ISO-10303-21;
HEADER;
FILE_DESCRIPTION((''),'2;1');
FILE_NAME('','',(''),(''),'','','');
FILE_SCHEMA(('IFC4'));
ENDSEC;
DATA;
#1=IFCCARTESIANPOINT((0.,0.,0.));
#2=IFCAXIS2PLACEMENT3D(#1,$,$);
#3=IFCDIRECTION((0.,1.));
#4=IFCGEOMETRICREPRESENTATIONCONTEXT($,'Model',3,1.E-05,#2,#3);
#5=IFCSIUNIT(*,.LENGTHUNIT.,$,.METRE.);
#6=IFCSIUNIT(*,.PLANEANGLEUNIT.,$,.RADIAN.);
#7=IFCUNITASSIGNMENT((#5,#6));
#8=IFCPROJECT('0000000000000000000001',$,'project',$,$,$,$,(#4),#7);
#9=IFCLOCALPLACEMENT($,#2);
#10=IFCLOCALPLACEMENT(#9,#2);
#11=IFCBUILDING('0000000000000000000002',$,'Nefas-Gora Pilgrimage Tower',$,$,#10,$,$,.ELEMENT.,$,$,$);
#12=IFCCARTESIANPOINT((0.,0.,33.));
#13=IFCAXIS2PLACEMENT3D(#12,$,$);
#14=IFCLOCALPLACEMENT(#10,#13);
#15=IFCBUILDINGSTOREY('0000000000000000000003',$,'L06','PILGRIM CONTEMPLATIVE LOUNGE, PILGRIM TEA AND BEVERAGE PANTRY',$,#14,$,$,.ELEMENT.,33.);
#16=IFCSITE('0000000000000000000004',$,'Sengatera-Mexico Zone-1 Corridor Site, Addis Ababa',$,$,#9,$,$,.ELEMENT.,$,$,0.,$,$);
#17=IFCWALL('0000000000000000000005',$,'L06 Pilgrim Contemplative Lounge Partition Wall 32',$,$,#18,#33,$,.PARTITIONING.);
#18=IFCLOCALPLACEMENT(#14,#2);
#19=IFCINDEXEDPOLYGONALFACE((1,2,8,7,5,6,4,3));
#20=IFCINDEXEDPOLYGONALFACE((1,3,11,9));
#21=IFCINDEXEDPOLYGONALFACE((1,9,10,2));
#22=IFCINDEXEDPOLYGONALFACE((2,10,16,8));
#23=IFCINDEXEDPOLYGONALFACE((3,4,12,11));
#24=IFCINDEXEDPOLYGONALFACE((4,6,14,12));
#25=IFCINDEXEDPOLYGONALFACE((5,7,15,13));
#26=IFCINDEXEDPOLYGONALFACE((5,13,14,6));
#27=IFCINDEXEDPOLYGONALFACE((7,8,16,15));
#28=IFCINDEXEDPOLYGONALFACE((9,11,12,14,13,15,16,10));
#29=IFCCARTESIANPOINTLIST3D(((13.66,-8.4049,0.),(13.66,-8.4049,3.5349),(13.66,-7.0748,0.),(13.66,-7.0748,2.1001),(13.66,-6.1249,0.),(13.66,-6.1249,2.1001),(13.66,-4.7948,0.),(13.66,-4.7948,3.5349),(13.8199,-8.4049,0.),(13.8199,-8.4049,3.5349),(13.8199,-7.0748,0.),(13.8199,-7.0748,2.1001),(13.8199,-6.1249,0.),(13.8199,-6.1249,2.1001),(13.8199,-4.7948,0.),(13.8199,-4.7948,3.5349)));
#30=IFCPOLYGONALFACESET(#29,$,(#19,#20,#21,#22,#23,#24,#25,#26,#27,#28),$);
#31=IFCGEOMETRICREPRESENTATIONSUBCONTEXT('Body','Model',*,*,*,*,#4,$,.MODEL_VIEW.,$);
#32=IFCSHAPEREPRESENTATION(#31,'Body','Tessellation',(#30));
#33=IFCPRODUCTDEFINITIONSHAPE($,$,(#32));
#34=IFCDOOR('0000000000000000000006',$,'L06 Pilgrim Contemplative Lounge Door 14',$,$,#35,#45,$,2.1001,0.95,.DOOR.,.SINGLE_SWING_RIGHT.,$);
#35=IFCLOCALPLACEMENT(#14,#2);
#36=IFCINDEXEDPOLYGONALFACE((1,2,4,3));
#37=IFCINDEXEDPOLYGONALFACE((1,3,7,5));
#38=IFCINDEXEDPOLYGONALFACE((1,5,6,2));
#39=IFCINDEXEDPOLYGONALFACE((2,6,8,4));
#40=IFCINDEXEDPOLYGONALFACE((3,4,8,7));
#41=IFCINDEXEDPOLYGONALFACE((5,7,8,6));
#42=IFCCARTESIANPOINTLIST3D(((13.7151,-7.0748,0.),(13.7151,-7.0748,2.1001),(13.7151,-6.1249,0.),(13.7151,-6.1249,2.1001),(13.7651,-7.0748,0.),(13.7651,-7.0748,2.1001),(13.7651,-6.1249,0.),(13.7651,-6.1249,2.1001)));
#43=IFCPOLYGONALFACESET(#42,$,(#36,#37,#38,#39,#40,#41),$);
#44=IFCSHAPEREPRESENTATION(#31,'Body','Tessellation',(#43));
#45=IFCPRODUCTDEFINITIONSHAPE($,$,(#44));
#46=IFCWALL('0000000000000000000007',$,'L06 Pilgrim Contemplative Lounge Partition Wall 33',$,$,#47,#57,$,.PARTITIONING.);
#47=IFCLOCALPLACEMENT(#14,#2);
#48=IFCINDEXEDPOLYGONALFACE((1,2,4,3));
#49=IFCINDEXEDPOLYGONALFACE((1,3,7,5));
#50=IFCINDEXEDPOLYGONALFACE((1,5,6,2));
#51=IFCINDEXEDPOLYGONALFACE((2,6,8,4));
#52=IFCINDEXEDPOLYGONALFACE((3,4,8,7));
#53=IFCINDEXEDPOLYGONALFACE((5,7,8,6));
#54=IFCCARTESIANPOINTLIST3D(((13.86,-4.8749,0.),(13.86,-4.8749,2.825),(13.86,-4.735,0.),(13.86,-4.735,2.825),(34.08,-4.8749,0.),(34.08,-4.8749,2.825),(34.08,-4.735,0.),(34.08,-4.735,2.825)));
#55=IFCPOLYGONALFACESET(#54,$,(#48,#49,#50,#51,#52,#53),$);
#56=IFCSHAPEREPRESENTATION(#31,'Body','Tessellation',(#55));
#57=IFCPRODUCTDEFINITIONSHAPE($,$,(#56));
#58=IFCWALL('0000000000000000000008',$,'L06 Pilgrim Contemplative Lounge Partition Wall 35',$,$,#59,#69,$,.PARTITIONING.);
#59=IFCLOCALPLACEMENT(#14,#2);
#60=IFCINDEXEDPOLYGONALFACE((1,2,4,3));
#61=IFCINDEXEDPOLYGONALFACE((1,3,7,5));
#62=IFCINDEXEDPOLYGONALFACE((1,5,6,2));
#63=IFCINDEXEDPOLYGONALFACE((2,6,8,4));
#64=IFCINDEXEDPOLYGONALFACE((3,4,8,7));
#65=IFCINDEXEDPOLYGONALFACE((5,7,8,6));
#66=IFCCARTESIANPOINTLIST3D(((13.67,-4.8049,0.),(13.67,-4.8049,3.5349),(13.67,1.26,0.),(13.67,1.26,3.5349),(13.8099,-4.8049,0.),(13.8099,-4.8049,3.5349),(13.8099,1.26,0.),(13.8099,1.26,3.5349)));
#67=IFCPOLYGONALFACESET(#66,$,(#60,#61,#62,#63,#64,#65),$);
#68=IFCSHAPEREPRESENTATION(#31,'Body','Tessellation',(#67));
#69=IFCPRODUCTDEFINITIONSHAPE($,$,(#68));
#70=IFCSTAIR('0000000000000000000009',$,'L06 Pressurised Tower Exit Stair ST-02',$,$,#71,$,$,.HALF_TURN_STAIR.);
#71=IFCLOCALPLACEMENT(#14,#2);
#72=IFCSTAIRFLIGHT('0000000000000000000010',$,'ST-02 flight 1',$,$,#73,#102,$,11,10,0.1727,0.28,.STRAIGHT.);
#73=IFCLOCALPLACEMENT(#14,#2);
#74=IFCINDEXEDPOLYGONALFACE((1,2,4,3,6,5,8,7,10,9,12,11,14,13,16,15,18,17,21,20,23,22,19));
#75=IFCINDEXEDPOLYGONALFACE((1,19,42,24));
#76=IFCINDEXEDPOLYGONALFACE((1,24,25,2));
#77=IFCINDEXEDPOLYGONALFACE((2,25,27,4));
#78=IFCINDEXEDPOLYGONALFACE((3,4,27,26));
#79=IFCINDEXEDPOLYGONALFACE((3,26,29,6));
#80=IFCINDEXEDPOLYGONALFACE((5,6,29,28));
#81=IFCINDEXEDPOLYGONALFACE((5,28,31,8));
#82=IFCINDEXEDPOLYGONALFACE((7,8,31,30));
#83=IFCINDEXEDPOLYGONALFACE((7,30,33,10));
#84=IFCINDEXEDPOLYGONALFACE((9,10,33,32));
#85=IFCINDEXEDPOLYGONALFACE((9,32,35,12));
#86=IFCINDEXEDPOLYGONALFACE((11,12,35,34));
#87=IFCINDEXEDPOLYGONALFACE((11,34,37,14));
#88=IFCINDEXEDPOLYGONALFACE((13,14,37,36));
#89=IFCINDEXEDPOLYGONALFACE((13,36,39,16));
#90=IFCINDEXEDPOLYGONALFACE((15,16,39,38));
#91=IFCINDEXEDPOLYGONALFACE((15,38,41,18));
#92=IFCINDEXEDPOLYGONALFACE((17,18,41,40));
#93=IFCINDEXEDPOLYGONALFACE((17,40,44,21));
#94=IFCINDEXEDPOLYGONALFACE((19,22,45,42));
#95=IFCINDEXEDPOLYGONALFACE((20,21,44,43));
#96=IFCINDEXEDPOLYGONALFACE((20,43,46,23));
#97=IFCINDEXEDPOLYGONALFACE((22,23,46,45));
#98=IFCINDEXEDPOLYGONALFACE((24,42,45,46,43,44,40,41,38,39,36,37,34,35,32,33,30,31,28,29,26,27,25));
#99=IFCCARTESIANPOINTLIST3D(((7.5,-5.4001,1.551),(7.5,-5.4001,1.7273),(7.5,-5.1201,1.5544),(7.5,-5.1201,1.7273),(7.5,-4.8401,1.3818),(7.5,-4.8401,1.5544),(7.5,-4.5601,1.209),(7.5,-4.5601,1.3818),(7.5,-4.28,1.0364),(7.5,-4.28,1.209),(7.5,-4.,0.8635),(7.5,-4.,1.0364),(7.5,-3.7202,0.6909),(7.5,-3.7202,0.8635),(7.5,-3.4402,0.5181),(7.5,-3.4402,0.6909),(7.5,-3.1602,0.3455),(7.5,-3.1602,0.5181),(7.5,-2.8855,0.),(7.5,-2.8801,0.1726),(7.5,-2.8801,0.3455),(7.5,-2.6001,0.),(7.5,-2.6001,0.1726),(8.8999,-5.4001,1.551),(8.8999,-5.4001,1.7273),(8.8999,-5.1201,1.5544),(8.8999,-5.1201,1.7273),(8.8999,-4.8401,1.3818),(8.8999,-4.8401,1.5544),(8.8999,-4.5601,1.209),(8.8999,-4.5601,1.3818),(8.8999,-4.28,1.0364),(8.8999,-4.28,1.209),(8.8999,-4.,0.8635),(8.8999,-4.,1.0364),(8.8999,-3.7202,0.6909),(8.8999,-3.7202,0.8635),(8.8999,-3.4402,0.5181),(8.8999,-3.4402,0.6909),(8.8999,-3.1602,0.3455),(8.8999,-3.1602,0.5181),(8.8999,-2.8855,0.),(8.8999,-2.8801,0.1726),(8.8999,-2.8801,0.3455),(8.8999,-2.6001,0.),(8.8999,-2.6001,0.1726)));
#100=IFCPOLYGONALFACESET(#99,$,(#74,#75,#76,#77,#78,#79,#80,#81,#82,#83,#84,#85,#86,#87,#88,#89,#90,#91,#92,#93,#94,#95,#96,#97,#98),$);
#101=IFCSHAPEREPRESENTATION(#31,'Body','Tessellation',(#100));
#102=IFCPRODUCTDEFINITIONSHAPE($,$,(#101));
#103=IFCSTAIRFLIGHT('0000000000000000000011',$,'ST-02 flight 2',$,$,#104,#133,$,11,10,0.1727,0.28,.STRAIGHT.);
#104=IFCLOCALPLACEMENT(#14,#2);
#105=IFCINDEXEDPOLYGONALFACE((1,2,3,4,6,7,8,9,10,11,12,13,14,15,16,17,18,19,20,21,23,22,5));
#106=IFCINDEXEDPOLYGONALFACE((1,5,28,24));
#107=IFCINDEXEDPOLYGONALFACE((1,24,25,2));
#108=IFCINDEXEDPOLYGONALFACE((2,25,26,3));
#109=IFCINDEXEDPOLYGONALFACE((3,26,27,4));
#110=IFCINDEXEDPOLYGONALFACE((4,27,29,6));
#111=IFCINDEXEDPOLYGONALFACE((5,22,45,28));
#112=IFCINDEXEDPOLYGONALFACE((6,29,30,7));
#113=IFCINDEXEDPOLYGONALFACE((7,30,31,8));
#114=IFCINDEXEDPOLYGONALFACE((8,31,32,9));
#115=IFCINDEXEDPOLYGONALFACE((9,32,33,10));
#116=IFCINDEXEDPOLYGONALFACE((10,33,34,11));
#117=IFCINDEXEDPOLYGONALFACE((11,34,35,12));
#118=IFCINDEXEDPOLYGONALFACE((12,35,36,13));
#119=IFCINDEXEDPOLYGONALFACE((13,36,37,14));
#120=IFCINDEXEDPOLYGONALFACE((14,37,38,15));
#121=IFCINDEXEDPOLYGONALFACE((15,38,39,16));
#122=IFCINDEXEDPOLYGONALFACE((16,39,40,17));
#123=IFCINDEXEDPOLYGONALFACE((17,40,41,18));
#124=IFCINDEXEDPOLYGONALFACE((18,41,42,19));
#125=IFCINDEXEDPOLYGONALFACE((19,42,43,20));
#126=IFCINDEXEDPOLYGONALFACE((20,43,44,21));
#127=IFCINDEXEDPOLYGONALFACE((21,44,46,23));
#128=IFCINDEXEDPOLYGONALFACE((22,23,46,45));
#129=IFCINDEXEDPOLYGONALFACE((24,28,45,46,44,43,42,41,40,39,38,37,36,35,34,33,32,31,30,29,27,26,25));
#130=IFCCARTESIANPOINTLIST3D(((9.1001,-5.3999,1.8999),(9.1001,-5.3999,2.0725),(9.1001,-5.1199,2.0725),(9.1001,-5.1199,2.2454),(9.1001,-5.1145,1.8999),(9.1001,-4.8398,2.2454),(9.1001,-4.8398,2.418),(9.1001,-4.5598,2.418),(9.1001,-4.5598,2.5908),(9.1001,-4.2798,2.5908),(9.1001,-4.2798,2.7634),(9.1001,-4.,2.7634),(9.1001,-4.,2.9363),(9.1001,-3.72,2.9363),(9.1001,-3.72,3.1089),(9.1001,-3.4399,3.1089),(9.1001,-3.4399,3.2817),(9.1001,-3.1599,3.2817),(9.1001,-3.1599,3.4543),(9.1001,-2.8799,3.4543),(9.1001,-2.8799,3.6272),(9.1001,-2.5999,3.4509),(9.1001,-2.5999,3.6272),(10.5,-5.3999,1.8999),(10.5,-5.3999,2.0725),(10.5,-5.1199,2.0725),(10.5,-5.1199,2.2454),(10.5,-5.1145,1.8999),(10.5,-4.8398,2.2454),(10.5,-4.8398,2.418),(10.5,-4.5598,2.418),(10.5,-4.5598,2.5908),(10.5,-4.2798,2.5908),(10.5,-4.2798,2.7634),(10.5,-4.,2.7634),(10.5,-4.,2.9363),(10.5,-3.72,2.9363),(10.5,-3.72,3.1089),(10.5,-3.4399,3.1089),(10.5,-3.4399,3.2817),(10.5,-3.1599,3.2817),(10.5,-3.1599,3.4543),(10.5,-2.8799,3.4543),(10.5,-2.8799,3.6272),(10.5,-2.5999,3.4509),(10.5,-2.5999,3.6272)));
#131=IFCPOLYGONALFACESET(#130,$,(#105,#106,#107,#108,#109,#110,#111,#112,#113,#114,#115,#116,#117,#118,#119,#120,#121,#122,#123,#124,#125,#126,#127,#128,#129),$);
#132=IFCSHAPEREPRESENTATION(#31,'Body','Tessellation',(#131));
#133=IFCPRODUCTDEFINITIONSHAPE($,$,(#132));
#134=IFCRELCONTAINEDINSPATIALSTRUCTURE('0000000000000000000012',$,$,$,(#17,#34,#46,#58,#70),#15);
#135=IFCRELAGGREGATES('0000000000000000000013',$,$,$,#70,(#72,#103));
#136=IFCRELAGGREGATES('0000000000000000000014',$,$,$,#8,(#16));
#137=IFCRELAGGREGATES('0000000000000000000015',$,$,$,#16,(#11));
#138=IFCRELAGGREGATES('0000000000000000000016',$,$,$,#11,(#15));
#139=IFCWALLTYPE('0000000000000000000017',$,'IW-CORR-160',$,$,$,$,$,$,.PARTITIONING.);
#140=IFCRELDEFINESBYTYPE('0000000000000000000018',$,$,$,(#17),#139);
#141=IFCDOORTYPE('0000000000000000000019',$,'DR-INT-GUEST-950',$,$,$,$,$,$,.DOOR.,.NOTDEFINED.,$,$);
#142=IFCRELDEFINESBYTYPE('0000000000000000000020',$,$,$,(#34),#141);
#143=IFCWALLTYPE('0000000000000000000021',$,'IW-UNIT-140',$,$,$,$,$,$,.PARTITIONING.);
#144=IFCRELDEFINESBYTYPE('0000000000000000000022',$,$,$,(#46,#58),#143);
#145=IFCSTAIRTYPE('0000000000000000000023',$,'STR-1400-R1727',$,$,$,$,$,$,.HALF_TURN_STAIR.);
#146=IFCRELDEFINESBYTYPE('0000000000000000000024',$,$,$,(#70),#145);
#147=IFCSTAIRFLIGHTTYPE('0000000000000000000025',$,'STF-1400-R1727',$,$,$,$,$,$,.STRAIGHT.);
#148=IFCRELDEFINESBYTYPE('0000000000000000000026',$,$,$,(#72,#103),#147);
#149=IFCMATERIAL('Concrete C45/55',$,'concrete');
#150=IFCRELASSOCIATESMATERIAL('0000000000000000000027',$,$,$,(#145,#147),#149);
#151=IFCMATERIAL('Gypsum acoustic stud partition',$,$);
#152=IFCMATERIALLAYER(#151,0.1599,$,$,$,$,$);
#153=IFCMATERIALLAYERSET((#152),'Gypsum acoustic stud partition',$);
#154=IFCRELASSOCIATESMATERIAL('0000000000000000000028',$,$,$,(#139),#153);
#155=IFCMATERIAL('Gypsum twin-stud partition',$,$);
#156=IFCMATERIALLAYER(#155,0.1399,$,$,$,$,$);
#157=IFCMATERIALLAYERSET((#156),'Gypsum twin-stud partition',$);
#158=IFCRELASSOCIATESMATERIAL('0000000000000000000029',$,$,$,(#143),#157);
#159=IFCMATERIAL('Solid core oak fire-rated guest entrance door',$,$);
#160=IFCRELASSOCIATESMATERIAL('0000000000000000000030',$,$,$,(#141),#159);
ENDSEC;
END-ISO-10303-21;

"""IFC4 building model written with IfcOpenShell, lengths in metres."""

from ifc_helpers import new_model, si_unit, direction, frame, frame_2d, origin, place, context, subcontext, project, spatial, polyline, rectangle, outline, extrude, source, transform, mapped, material, layer, layer_set, type_object, element, fill, aggregate, save


model = new_model("IFC4")

# Units and contexts
model_context = context("Model", 3, precision=1e-05, world=origin(), true_north=direction((0.0, 1.0)))
body_context = subcontext(model_context, "Body", "Model", "MODEL_VIEW")
ifc_project = project(units=[si_unit("LENGTHUNIT", "METRE"), si_unit("PLANEANGLEUNIT", "RADIAN")], contexts=[model_context])

# Site, building, storey
site_placement = place(None, origin())
site = spatial("IfcSite", under=ifc_project, at=site_placement, Name="Sengatera-Mexico Zone-1 Corridor Site, Addis Ababa", CompositionType="ELEMENT", RefElevation=0.0)
building_placement = place(site_placement, origin())
building = spatial("IfcBuilding", under=site, at=building_placement, Name="Nefas-Gora Pilgrimage Tower", CompositionType="ELEMENT")
storey_placement = place(building_placement, frame((0.0, 0.0, 33.0)))
storey = spatial("IfcBuildingStorey", under=building, at=storey_placement, Name="L06", Description="PILGRIM CONTEMPLATIVE LOUNGE, PILGRIM TEA AND BEVERAGE PANTRY", CompositionType="ELEMENT", Elevation=33.0)

# Shared definitions
ifc_material_1 = material(Name="Concrete C45/55", Category="concrete")
stair_type = type_object("IfcStairType", Name="STR-1400-R1727", PredefinedType="HALF_TURN_STAIR", material=ifc_material_1)

# Shared definitions
ifc_material_2 = material(Name="Gypsum acoustic stud partition")
ifc_layer_1 = layer(ifc_material_2, 0.1599)
ifc_layer_set_1 = layer_set([ifc_layer_1], Name="Gypsum acoustic stud partition")
wall_type_1 = type_object("IfcWallType", Name="IW-CORR-160", PredefinedType="PARTITIONING", material=ifc_layer_set_1)
ifc_material_3 = material(Name="Gypsum twin-stud partition")
ifc_layer_2 = layer(ifc_material_3, 0.1399)
ifc_layer_set_2 = layer_set([ifc_layer_2], Name="Gypsum twin-stud partition")
wall_type_2 = type_object("IfcWallType", Name="IW-UNIT-140", PredefinedType="PARTITIONING", material=ifc_layer_set_2)

# Wall, opening, door
shared_shape_1 = source(origin(), body_context, "Body", "SweptSolid", [
    extrude(rectangle(XDim=3.6101, YDim=0.1599, at=frame_2d((1.8052, 0.0))), origin(), (0.0, 0.0, 1.0), 3.5349),
])
wall_1_placement = place(storey_placement, frame((13.74, -8.405, 0.0), z_axis=(0.0, 0.0, 1.0), x_axis=(0.0, 1.0, 0.0)))
wall_1 = element("IfcWall", 1, at=wall_1_placement, inside=storey, type_object=wall_type_1, Name="L06 Pilgrim Contemplative Lounge Partition Wall 32", PredefinedType="PARTITIONING", context=body_context, shape_type="MappedRepresentation", body=[
    mapped(shared_shape_1, transform((0.0, 0.0, 0.0), x_axis=(1.0, 0.0, 0.0), y_axis=(0.0, 1.0, 0.0), z_axis=(0.0, 0.0, 1.0), scale=1.0)),
])
opening_1_placement = place(wall_1_placement, frame((1.3301, 0.0, 0.0)))
opening_1 = element("IfcOpeningElement", 2, at=opening_1_placement, cuts=wall_1, PredefinedType="OPENING", context=body_context, shape_type="SweptSolid", body=[
    extrude(rectangle(XDim=0.95, YDim=2.1001, at=frame_2d((0.4751, 1.05))), frame((0.0, 0.0898, 0.0), z_axis=(0.0, -1.0, 0.0), x_axis=(1.0, 0.0, 0.0)), (0.0, 0.0, 1.0), 0.1799),
])
ifc_material_4 = material(Name="Solid core oak fire-rated guest entrance door")
door_type_1 = type_object("IfcDoorType", Name="DR-INT-GUEST-950", OperationType="NOTDEFINED", PredefinedType="DOOR", material=ifc_material_4)
shared_shape_2 = source(origin(), body_context, "Body", "SweptSolid", [
    extrude(rectangle(XDim=0.95, YDim=2.1001, at=frame_2d((0.4751, 1.05))), frame((0.0, 0.0249, 0.0), z_axis=(0.0, -1.0, 0.0), x_axis=(1.0, 0.0, 0.0)), (0.0, 0.0, 1.0), 0.05),
])
door_1_placement = place(opening_1_placement, origin())
door_1 = element("IfcDoor", 3, at=door_1_placement, inside=storey, type_object=door_type_1, Name="L06 Pilgrim Contemplative Lounge Door 14", OperationType="SINGLE_SWING_RIGHT", OverallHeight=2.1001, OverallWidth=0.95, PredefinedType="DOOR", context=body_context, shape_type="MappedRepresentation", body=[
    mapped(shared_shape_2, transform((0.0, 0.0, 0.0), x_axis=(1.0, 0.0, 0.0), y_axis=(0.0, 1.0, 0.0), z_axis=(0.0, 0.0, 1.0), scale=1.0)),
])
fill(opening_1, door_1)

# Walls
shared_shape_3 = source(origin(), body_context, "Body", "SweptSolid", [
    extrude(rectangle(XDim=20.22, YDim=0.1399, at=frame_2d((10.1099, 0.0))), origin(), (0.0, 0.0, 1.0), 2.825),
])
wall_2_placement = place(storey_placement, frame((13.8601, -4.8049, 0.0), z_axis=(0.0, 0.0, 1.0), x_axis=(1.0, 0.0, 0.0)))
element("IfcWall", 4, at=wall_2_placement, inside=storey, type_object=wall_type_2, Name="L06 Pilgrim Contemplative Lounge Partition Wall 33", PredefinedType="PARTITIONING", context=body_context, shape_type="MappedRepresentation", body=[
    mapped(shared_shape_3, transform((0.0, 0.0, 0.0), x_axis=(1.0, 0.0, 0.0), y_axis=(0.0, 1.0, 0.0), z_axis=(0.0, 0.0, 1.0), scale=1.0)),
])
shared_shape_4 = source(origin(), body_context, "Body", "SweptSolid", [
    extrude(rectangle(XDim=6.0649, YDim=0.1399, at=frame_2d((3.0325, 0.0))), origin(), (0.0, 0.0, 1.0), 3.5349),
])
wall_3_placement = place(storey_placement, frame((13.74, -4.8049, 0.0), z_axis=(0.0, 0.0, 1.0), x_axis=(0.0, 1.0, 0.0)))
element("IfcWall", 5, at=wall_3_placement, inside=storey, type_object=wall_type_2, Name="L06 Pilgrim Contemplative Lounge Partition Wall 35", PredefinedType="PARTITIONING", context=body_context, shape_type="MappedRepresentation", body=[
    mapped(shared_shape_4, transform((0.0, 0.0, 0.0), x_axis=(1.0, 0.0, 0.0), y_axis=(0.0, 1.0, 0.0), z_axis=(0.0, 0.0, 1.0), scale=1.0)),
])

# Stair, stair flights
stair_1_placement = place(storey_placement, origin())
stair_1 = element("IfcStair", 6, at=stair_1_placement, inside=storey, type_object=stair_type, Name="L06 Pressurised Tower Exit Stair ST-02", PredefinedType="HALF_TURN_STAIR")
stair_flight_type = type_object("IfcStairFlightType", Name="STF-1400-R1727", PredefinedType="STRAIGHT", material=ifc_material_1)
shared_shape_5 = source(origin(), body_context, "Body", "SweptSolid", [
    extrude(outline(polyline([(0.0, 0.0), (0.0, 0.1726), (0.28, 0.1726), (0.28, 0.3455), (0.5601, 0.3455), (0.5601, 0.5181), (0.8401, 0.5181), (0.8401, 0.6909), (1.1201, 0.6909), (1.1201, 0.8635), (1.3999, 0.8635), (1.3999, 1.0364), (1.6799, 1.0364), (1.6799, 1.209), (1.96, 1.209), (1.96, 1.3818), (2.24, 1.3818), (2.24, 1.5544), (2.52, 1.5544), (2.52, 1.7273), (2.8, 1.7273), (2.8, 1.8999), (2.8, 1.551), (0.2854, 0.0), (0.0, 0.0)])), frame((0.0, 0.7, 0.0), z_axis=(0.0, -1.0, 0.0), x_axis=(1.0, 0.0, 0.0)), (0.0, 0.0, 1.0), 1.3999),
])
stair_flight_1_placement = place(storey_placement, frame((8.2, -2.6001, 0.0), z_axis=(0.0, 0.0, 1.0), x_axis=(0.0, -1.0, 0.0)))
stair_flight_1 = element("IfcStairFlight", 7, at=stair_flight_1_placement, type_object=stair_flight_type, Name="ST-02 flight 1", NumberOfRisers=11, NumberOfTreads=10, PredefinedType="STRAIGHT", RiserHeight=0.1727, TreadLength=0.28, context=body_context, shape_type="MappedRepresentation", body=[
    mapped(shared_shape_5, transform((0.0, 0.0, 0.0), x_axis=(1.0, 0.0, 0.0), y_axis=(0.0, 1.0, 0.0), z_axis=(0.0, 0.0, 1.0), scale=1.0)),
])
stair_flight_2_placement = place(storey_placement, frame((9.8, -5.3999, 1.8999), z_axis=(0.0, 0.0, 1.0), x_axis=(0.0, 1.0, 0.0)))
stair_flight_2 = element("IfcStairFlight", 8, at=stair_flight_2_placement, type_object=stair_flight_type, Name="ST-02 flight 2", NumberOfRisers=11, NumberOfTreads=10, PredefinedType="STRAIGHT", RiserHeight=0.1727, TreadLength=0.28, context=body_context, shape_type="MappedRepresentation", body=[
    mapped(shared_shape_5, transform((0.0, 0.0, 0.0), x_axis=(1.0, 0.0, 0.0), y_axis=(0.0, 1.0, 0.0), z_axis=(0.0, 0.0, 1.0), scale=1.0)),
])
aggregate(stair_1, [stair_flight_1, stair_flight_2])

save(model, "model.ifc")
